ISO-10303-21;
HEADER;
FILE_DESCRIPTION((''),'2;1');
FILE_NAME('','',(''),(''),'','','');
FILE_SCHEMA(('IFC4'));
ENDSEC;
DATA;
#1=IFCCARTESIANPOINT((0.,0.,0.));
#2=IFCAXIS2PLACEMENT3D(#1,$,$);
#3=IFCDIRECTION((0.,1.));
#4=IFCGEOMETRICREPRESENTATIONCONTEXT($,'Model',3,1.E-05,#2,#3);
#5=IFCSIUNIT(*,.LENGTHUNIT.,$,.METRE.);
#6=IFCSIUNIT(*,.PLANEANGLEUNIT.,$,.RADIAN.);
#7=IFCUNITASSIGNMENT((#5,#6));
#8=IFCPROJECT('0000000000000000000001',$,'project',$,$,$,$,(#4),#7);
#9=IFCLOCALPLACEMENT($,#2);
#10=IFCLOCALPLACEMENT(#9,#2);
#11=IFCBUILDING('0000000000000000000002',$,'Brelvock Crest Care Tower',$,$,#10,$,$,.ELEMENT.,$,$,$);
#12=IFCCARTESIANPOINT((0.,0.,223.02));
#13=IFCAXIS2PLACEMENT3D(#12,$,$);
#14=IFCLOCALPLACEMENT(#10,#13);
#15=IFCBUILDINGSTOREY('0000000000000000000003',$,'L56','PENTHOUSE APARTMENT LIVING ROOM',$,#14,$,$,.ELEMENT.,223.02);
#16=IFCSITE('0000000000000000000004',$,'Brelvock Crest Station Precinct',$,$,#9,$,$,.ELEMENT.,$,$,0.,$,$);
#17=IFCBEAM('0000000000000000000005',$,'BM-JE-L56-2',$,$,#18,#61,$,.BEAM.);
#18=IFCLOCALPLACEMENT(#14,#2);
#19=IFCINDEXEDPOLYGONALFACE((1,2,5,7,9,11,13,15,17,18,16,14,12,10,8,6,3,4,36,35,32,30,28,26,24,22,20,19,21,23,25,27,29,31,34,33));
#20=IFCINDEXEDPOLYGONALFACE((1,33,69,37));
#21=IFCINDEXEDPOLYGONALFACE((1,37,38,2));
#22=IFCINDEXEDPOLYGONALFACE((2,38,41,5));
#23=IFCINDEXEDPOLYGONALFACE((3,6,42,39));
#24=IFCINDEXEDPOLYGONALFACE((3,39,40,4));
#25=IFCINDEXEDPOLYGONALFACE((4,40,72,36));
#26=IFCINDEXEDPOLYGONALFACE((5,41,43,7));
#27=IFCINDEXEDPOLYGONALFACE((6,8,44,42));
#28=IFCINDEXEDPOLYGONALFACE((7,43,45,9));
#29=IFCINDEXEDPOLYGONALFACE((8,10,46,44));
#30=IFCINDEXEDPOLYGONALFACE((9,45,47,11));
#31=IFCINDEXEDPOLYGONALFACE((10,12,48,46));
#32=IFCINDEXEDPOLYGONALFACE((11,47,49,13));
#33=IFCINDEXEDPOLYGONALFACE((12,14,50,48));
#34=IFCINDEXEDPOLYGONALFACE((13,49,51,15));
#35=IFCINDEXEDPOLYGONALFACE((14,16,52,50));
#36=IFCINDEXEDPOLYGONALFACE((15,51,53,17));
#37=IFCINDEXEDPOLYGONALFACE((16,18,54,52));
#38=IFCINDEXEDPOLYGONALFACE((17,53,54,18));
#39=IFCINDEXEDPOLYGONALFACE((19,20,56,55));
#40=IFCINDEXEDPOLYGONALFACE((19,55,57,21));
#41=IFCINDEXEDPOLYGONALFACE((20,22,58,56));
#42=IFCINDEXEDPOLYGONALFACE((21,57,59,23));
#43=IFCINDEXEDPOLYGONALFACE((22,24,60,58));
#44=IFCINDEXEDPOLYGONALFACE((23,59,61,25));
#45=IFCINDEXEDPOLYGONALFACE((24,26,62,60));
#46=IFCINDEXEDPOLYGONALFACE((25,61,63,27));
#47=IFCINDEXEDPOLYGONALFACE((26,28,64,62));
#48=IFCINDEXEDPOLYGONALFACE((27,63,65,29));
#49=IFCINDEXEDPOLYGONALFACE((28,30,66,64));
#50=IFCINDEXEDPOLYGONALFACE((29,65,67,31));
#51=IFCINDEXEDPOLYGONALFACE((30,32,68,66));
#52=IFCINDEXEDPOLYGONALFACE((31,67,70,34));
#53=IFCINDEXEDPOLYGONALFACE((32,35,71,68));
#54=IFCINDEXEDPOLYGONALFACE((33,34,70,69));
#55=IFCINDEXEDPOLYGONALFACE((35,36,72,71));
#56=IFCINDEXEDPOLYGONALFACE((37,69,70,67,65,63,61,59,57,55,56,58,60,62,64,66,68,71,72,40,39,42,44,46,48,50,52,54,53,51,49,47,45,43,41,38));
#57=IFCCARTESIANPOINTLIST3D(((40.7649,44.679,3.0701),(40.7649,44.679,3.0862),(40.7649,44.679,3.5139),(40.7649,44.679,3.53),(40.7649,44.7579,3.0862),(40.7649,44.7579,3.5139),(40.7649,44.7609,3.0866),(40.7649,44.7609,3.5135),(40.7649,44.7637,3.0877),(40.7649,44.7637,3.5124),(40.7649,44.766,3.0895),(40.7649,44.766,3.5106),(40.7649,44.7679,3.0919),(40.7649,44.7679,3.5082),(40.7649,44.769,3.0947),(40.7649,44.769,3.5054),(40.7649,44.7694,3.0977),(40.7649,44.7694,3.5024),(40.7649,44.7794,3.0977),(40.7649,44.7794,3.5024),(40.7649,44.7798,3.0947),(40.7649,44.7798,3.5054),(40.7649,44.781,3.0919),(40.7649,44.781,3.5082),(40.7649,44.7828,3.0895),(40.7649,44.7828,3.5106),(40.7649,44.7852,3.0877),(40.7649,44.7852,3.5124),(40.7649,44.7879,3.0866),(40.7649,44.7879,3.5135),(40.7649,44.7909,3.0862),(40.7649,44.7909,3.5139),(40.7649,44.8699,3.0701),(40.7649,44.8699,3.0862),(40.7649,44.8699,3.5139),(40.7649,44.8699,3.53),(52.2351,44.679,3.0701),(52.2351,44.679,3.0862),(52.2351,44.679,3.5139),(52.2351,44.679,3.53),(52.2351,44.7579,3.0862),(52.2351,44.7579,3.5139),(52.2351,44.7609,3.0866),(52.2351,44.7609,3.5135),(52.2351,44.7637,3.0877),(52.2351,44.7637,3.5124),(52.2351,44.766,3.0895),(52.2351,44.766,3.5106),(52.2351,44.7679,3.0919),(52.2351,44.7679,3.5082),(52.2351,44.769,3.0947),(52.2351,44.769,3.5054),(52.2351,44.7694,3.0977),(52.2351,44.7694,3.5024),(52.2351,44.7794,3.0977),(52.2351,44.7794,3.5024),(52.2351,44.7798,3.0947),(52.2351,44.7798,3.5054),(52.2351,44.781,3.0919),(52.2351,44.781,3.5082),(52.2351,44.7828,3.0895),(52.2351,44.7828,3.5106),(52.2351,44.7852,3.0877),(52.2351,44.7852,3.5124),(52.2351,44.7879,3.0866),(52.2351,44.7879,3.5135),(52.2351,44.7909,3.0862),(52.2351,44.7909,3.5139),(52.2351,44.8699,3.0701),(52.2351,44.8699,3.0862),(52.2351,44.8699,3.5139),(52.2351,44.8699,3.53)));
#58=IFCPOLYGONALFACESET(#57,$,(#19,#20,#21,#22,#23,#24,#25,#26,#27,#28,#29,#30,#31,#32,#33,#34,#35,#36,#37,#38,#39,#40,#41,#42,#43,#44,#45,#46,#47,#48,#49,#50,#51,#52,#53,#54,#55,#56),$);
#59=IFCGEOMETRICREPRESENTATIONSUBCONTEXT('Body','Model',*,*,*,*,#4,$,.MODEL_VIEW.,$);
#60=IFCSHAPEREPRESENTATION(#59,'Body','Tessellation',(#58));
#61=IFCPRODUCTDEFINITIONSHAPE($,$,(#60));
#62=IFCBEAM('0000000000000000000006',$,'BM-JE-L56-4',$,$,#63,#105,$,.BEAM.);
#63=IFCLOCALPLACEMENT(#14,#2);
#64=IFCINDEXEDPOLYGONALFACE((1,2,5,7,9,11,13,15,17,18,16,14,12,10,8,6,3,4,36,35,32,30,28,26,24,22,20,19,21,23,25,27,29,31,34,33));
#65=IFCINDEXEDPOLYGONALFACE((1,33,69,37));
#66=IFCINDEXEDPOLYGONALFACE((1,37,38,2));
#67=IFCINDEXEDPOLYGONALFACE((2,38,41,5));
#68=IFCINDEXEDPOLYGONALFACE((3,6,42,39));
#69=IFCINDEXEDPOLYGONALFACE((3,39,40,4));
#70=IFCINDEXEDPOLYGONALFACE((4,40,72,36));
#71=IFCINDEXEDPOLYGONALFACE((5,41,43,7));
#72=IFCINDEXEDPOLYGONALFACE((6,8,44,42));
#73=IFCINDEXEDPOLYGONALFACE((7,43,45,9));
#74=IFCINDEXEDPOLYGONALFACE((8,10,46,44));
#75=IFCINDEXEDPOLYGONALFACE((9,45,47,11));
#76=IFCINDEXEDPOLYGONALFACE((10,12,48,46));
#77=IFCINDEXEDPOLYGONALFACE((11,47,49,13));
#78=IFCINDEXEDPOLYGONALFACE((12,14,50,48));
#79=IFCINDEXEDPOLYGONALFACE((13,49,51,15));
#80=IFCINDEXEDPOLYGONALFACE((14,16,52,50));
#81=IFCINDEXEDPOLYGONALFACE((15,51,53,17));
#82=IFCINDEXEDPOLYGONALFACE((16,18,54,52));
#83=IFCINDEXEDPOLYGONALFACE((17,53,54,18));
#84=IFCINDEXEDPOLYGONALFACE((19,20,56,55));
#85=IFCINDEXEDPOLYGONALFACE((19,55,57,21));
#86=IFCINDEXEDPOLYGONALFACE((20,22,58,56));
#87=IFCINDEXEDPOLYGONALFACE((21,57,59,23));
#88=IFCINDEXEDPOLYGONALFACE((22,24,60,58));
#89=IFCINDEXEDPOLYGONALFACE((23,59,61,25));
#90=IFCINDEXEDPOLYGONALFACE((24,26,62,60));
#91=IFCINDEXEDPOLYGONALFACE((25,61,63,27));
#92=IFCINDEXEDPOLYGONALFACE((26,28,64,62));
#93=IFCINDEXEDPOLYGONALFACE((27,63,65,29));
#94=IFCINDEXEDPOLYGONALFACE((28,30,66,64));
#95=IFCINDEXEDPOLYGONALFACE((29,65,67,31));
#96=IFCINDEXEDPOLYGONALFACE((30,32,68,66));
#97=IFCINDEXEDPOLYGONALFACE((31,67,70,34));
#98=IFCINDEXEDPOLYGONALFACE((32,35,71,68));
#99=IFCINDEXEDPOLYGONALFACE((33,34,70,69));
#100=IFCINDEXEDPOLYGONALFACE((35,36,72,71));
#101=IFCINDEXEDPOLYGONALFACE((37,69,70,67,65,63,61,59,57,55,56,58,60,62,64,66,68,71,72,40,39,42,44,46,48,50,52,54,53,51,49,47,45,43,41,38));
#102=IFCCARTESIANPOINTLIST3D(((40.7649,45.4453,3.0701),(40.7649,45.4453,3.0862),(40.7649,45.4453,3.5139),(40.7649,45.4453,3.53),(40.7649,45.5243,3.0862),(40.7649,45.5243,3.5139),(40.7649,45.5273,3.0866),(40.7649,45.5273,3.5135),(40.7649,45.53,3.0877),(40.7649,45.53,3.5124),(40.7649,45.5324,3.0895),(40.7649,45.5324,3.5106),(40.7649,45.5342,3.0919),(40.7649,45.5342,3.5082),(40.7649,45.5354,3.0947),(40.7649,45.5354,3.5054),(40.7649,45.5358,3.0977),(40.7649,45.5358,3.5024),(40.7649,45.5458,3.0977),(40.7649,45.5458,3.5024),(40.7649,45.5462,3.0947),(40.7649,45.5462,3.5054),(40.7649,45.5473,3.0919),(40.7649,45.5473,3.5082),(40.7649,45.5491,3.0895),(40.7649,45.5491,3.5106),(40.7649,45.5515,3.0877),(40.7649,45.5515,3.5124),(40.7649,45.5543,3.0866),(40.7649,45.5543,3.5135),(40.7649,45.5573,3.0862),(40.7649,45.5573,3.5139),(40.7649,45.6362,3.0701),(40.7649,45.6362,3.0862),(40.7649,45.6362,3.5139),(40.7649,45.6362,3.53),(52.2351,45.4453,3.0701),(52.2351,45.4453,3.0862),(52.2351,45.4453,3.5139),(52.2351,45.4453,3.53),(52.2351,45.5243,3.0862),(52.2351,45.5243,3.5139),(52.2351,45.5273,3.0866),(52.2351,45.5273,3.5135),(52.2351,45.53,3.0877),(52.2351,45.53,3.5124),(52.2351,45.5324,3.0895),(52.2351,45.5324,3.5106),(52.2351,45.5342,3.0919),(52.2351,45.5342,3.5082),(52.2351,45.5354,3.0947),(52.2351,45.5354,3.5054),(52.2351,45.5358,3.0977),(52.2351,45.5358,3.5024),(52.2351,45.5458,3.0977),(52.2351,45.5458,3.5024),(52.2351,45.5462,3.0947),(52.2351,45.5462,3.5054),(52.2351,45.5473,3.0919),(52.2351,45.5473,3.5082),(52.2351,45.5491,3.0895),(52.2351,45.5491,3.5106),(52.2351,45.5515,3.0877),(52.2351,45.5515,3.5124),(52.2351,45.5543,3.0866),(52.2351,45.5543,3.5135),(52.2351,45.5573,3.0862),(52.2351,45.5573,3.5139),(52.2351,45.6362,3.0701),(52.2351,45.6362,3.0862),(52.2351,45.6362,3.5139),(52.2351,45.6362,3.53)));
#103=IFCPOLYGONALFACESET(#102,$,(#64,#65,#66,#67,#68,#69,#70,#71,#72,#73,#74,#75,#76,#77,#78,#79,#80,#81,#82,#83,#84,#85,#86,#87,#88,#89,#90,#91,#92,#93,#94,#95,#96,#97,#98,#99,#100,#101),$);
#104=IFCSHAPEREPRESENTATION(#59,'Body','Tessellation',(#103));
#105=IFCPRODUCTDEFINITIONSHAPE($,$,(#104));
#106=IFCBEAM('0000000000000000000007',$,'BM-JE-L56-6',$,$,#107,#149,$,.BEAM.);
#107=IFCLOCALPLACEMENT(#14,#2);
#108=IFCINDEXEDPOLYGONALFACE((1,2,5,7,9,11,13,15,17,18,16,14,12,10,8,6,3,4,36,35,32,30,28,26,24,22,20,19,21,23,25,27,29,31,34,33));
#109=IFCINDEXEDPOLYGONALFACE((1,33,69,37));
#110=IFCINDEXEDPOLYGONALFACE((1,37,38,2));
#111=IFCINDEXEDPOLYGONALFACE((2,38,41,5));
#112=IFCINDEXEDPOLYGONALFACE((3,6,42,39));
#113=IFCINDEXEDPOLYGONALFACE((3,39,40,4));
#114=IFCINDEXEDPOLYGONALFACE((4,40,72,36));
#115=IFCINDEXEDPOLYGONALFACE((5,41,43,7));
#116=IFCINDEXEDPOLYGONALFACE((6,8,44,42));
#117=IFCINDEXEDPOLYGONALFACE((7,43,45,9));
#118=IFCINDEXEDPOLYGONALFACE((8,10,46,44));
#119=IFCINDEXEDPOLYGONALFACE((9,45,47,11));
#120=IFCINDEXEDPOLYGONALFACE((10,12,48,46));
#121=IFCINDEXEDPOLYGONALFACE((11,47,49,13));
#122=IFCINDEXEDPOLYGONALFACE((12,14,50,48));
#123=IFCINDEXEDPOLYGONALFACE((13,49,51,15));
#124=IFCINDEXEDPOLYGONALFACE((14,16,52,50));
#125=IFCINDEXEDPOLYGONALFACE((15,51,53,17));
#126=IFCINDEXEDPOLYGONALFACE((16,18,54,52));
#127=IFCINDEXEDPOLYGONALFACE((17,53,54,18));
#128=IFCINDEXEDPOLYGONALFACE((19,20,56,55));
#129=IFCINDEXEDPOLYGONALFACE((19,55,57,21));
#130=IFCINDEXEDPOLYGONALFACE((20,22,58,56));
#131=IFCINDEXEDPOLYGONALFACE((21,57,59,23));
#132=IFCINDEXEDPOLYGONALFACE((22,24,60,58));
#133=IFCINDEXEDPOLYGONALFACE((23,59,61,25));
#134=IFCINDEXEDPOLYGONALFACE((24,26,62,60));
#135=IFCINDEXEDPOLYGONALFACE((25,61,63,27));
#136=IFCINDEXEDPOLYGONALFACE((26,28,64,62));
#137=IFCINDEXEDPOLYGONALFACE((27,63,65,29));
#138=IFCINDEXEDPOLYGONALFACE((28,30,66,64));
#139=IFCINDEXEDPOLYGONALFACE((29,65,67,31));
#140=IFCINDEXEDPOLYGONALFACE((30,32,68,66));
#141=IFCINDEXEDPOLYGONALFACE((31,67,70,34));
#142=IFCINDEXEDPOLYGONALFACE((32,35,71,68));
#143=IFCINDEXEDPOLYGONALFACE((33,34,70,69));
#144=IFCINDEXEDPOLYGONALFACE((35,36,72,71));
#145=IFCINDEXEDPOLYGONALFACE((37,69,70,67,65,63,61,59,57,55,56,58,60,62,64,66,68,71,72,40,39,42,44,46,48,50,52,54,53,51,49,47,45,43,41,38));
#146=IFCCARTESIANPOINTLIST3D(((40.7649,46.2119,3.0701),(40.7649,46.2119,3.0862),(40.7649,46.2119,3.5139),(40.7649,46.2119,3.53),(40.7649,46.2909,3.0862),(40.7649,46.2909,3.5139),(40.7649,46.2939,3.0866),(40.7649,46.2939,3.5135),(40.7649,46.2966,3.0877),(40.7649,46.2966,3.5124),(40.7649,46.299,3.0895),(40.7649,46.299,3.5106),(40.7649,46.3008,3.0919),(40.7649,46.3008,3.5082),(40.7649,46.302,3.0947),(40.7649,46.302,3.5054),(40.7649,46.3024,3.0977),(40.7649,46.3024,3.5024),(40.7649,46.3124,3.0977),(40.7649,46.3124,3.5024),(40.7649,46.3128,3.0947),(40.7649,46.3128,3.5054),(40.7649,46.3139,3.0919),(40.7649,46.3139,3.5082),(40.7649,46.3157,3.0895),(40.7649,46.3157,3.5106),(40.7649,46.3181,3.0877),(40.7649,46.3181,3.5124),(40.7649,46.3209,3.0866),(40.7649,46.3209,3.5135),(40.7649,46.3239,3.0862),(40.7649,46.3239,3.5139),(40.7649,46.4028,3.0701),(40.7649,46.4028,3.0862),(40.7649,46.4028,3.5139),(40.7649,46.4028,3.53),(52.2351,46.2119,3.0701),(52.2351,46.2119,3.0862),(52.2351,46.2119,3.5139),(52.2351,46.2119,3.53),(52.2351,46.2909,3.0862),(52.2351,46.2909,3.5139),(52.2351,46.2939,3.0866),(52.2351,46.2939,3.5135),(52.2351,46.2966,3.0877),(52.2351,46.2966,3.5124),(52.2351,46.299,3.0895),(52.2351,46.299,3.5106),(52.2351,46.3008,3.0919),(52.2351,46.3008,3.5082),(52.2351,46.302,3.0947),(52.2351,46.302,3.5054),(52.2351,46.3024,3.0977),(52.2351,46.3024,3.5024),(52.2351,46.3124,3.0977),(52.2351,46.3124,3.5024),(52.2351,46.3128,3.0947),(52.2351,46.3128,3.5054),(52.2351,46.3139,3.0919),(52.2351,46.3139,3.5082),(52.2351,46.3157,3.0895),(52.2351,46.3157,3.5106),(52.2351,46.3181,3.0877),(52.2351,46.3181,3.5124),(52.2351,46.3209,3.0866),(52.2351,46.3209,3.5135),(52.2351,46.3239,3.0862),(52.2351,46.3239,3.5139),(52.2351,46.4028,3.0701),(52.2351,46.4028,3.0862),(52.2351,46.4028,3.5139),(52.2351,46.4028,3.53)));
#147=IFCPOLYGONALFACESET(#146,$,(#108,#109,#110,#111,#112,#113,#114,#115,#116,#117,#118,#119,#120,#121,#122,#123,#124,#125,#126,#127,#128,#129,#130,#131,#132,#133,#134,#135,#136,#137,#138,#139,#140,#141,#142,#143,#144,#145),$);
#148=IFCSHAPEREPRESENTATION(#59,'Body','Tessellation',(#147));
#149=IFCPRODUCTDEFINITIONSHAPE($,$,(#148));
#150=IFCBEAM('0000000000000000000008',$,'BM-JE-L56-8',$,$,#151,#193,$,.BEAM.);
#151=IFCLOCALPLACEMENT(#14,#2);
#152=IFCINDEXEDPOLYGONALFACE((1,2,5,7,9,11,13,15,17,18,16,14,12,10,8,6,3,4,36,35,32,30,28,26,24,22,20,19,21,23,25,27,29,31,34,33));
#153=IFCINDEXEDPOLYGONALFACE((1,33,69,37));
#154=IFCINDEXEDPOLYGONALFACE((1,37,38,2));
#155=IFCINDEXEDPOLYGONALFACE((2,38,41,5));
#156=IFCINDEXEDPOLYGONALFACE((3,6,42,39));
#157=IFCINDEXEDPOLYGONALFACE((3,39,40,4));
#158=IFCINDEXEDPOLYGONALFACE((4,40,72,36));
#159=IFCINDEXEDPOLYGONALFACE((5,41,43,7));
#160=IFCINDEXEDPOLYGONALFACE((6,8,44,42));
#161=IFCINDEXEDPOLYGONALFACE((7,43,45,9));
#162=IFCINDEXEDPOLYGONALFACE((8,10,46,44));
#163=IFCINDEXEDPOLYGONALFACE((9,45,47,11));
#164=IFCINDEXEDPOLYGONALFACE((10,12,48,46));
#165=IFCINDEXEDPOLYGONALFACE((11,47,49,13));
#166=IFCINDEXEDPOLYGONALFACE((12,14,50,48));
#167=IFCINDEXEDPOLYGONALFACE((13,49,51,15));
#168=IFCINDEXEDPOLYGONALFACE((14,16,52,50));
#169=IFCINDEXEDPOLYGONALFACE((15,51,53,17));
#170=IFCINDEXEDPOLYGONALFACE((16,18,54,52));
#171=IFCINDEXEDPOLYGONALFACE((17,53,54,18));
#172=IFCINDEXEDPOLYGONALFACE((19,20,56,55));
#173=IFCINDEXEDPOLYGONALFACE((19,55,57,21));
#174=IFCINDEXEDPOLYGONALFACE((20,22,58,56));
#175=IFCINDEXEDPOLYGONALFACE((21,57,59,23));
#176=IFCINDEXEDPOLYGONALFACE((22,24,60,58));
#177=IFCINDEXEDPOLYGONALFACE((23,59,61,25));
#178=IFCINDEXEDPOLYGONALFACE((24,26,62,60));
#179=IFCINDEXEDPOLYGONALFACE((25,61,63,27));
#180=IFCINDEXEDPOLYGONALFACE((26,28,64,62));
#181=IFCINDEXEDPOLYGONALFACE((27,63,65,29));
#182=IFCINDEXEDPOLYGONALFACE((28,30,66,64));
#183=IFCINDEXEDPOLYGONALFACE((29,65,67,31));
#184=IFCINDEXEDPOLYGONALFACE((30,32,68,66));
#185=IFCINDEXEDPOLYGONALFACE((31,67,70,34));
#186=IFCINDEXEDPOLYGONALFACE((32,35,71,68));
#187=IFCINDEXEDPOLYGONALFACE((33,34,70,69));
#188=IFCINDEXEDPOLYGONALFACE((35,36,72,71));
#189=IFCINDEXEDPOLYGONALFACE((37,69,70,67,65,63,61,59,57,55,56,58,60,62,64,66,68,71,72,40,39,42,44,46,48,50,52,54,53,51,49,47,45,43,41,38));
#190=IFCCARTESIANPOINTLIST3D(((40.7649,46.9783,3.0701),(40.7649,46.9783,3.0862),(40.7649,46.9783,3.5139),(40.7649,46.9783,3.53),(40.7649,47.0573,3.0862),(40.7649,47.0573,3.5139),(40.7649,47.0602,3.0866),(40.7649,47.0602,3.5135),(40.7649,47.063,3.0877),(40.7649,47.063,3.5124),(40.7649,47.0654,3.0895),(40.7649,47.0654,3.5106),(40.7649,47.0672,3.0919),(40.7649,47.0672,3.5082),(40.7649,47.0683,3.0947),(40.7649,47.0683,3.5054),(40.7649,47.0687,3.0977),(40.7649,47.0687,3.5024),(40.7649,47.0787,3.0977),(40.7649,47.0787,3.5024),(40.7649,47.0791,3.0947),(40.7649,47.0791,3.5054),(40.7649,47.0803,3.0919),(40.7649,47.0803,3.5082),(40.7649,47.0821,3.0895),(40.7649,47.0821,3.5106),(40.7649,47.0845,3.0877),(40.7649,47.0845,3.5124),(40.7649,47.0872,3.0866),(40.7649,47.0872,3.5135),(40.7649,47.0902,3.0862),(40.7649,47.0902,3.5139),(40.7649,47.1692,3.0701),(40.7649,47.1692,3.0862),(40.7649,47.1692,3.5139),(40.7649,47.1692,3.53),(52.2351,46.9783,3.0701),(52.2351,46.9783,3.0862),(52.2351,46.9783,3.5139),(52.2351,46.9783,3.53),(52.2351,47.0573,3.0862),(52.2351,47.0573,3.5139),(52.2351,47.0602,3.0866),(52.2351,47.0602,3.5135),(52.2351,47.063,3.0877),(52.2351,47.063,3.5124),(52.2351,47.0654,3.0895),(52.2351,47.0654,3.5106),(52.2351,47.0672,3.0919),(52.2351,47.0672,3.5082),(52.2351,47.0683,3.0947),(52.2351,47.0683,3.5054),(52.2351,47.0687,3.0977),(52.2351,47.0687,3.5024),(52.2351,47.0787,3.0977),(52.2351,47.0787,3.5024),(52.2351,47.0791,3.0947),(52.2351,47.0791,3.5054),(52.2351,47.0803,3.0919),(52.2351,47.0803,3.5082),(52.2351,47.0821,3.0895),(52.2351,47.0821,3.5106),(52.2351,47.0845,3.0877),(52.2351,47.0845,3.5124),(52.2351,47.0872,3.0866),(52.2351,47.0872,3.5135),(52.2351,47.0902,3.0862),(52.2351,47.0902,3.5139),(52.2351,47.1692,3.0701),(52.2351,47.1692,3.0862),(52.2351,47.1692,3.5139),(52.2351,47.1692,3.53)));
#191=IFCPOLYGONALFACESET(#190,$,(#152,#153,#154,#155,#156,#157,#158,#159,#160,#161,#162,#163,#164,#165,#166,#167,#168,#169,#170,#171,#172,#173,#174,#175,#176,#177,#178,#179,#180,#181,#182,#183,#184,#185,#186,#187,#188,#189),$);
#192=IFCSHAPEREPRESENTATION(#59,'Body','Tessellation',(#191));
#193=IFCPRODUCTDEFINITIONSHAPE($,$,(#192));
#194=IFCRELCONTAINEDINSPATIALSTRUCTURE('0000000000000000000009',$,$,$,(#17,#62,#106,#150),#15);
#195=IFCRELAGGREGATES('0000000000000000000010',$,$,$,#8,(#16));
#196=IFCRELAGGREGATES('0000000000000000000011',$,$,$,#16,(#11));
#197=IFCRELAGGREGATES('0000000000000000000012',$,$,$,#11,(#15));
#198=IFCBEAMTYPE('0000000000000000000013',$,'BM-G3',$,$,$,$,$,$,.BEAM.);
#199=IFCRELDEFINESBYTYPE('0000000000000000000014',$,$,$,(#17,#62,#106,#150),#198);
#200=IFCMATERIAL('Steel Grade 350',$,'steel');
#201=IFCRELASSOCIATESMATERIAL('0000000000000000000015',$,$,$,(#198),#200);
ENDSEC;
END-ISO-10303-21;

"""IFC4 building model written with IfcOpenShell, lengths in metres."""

from ifc_helpers import new_model, si_unit, direction, frame, origin, origin_2d, place, context, subcontext, project, spatial, i_section, extrude, source, transform, mapped, material, material_profile, profile_set, type_object, element, save


model = new_model("IFC4")

# Units and contexts
model_context = context("Model", 3, precision=1e-05, world=origin(), true_north=direction((0.0, 1.0)))
body_context = subcontext(model_context, "Body", "Model", "MODEL_VIEW")
ifc_project = project(units=[si_unit("LENGTHUNIT", "METRE"), si_unit("PLANEANGLEUNIT", "RADIAN")], contexts=[model_context])

# Site, building, storey
site_placement = place(None, origin())
site = spatial("IfcSite", under=ifc_project, at=site_placement, Name="Brelvock Crest Station Precinct", CompositionType="ELEMENT", RefElevation=0.0)
building_placement = place(site_placement, origin())
building = spatial("IfcBuilding", under=site, at=building_placement, Name="Brelvock Crest Care Tower", CompositionType="ELEMENT")
storey_placement = place(building_placement, frame((0.0, 0.0, 223.02)))
storey = spatial("IfcBuildingStorey", under=building, at=storey_placement, Name="L56", Description="PENTHOUSE APARTMENT LIVING ROOM", CompositionType="ELEMENT", Elevation=223.02)

# Beams
ifc_material_1 = material(Name="Steel Grade 350", Category="steel")
ifc_material_profile_1 = material_profile(ifc_material_1, i_section(OverallWidth=0.1909, OverallDepth=0.46, WebThickness=0.01, FlangeThickness=0.0161, FilletRadius=0.0115, at=origin_2d()), Name="460UB82.1")
ifc_profile_set_1 = profile_set([ifc_material_profile_1], Name="Steel Grade 350")
beam_type_1 = type_object("IfcBeamType", Name="BM-G3", PredefinedType="BEAM", material=ifc_profile_set_1)
shared_shape_1 = source(origin(), body_context, "Body", "SweptSolid", [
    extrude(i_section(OverallWidth=0.1909, OverallDepth=0.46, WebThickness=0.01, FlangeThickness=0.0161, FilletRadius=0.0115, at=origin_2d()), origin(), (0.0, 0.0, 1.0), 11.4702),
])
for number, where, z_axis, x_axis, name in (
    (1, (40.7649, 44.7744, 3.3), (1.0, 0.0, 0.0), (0.0, 1.0, 0.0), "BM-JE-L56-2"),
    (2, (40.7649, 45.5408, 3.3), (1.0, 0.0, 0.0), (0.0, 1.0, 0.0), "BM-JE-L56-4"),
    (3, (40.7649, 46.3074, 3.3), (1.0, 0.0, 0.0), (0.0, 1.0, 0.0), "BM-JE-L56-6"),
    (4, (40.7649, 47.0737, 3.3), (1.0, 0.0, 0.0), (0.0, 1.0, 0.0), "BM-JE-L56-8"),
):
    element("IfcBeam", number, at=place(storey_placement, frame(where, z_axis=z_axis, x_axis=x_axis)), inside=storey, type_object=beam_type_1, Name=name, PredefinedType="BEAM", context=body_context, shape_type="MappedRepresentation", body=[
        mapped(shared_shape_1, transform((0.0, 0.0, 0.0), x_axis=(1.0, 0.0, 0.0), y_axis=(0.0, 1.0, 0.0), z_axis=(0.0, 0.0, 1.0), scale=1.0)),
    ])

save(model, "model.ifc")
